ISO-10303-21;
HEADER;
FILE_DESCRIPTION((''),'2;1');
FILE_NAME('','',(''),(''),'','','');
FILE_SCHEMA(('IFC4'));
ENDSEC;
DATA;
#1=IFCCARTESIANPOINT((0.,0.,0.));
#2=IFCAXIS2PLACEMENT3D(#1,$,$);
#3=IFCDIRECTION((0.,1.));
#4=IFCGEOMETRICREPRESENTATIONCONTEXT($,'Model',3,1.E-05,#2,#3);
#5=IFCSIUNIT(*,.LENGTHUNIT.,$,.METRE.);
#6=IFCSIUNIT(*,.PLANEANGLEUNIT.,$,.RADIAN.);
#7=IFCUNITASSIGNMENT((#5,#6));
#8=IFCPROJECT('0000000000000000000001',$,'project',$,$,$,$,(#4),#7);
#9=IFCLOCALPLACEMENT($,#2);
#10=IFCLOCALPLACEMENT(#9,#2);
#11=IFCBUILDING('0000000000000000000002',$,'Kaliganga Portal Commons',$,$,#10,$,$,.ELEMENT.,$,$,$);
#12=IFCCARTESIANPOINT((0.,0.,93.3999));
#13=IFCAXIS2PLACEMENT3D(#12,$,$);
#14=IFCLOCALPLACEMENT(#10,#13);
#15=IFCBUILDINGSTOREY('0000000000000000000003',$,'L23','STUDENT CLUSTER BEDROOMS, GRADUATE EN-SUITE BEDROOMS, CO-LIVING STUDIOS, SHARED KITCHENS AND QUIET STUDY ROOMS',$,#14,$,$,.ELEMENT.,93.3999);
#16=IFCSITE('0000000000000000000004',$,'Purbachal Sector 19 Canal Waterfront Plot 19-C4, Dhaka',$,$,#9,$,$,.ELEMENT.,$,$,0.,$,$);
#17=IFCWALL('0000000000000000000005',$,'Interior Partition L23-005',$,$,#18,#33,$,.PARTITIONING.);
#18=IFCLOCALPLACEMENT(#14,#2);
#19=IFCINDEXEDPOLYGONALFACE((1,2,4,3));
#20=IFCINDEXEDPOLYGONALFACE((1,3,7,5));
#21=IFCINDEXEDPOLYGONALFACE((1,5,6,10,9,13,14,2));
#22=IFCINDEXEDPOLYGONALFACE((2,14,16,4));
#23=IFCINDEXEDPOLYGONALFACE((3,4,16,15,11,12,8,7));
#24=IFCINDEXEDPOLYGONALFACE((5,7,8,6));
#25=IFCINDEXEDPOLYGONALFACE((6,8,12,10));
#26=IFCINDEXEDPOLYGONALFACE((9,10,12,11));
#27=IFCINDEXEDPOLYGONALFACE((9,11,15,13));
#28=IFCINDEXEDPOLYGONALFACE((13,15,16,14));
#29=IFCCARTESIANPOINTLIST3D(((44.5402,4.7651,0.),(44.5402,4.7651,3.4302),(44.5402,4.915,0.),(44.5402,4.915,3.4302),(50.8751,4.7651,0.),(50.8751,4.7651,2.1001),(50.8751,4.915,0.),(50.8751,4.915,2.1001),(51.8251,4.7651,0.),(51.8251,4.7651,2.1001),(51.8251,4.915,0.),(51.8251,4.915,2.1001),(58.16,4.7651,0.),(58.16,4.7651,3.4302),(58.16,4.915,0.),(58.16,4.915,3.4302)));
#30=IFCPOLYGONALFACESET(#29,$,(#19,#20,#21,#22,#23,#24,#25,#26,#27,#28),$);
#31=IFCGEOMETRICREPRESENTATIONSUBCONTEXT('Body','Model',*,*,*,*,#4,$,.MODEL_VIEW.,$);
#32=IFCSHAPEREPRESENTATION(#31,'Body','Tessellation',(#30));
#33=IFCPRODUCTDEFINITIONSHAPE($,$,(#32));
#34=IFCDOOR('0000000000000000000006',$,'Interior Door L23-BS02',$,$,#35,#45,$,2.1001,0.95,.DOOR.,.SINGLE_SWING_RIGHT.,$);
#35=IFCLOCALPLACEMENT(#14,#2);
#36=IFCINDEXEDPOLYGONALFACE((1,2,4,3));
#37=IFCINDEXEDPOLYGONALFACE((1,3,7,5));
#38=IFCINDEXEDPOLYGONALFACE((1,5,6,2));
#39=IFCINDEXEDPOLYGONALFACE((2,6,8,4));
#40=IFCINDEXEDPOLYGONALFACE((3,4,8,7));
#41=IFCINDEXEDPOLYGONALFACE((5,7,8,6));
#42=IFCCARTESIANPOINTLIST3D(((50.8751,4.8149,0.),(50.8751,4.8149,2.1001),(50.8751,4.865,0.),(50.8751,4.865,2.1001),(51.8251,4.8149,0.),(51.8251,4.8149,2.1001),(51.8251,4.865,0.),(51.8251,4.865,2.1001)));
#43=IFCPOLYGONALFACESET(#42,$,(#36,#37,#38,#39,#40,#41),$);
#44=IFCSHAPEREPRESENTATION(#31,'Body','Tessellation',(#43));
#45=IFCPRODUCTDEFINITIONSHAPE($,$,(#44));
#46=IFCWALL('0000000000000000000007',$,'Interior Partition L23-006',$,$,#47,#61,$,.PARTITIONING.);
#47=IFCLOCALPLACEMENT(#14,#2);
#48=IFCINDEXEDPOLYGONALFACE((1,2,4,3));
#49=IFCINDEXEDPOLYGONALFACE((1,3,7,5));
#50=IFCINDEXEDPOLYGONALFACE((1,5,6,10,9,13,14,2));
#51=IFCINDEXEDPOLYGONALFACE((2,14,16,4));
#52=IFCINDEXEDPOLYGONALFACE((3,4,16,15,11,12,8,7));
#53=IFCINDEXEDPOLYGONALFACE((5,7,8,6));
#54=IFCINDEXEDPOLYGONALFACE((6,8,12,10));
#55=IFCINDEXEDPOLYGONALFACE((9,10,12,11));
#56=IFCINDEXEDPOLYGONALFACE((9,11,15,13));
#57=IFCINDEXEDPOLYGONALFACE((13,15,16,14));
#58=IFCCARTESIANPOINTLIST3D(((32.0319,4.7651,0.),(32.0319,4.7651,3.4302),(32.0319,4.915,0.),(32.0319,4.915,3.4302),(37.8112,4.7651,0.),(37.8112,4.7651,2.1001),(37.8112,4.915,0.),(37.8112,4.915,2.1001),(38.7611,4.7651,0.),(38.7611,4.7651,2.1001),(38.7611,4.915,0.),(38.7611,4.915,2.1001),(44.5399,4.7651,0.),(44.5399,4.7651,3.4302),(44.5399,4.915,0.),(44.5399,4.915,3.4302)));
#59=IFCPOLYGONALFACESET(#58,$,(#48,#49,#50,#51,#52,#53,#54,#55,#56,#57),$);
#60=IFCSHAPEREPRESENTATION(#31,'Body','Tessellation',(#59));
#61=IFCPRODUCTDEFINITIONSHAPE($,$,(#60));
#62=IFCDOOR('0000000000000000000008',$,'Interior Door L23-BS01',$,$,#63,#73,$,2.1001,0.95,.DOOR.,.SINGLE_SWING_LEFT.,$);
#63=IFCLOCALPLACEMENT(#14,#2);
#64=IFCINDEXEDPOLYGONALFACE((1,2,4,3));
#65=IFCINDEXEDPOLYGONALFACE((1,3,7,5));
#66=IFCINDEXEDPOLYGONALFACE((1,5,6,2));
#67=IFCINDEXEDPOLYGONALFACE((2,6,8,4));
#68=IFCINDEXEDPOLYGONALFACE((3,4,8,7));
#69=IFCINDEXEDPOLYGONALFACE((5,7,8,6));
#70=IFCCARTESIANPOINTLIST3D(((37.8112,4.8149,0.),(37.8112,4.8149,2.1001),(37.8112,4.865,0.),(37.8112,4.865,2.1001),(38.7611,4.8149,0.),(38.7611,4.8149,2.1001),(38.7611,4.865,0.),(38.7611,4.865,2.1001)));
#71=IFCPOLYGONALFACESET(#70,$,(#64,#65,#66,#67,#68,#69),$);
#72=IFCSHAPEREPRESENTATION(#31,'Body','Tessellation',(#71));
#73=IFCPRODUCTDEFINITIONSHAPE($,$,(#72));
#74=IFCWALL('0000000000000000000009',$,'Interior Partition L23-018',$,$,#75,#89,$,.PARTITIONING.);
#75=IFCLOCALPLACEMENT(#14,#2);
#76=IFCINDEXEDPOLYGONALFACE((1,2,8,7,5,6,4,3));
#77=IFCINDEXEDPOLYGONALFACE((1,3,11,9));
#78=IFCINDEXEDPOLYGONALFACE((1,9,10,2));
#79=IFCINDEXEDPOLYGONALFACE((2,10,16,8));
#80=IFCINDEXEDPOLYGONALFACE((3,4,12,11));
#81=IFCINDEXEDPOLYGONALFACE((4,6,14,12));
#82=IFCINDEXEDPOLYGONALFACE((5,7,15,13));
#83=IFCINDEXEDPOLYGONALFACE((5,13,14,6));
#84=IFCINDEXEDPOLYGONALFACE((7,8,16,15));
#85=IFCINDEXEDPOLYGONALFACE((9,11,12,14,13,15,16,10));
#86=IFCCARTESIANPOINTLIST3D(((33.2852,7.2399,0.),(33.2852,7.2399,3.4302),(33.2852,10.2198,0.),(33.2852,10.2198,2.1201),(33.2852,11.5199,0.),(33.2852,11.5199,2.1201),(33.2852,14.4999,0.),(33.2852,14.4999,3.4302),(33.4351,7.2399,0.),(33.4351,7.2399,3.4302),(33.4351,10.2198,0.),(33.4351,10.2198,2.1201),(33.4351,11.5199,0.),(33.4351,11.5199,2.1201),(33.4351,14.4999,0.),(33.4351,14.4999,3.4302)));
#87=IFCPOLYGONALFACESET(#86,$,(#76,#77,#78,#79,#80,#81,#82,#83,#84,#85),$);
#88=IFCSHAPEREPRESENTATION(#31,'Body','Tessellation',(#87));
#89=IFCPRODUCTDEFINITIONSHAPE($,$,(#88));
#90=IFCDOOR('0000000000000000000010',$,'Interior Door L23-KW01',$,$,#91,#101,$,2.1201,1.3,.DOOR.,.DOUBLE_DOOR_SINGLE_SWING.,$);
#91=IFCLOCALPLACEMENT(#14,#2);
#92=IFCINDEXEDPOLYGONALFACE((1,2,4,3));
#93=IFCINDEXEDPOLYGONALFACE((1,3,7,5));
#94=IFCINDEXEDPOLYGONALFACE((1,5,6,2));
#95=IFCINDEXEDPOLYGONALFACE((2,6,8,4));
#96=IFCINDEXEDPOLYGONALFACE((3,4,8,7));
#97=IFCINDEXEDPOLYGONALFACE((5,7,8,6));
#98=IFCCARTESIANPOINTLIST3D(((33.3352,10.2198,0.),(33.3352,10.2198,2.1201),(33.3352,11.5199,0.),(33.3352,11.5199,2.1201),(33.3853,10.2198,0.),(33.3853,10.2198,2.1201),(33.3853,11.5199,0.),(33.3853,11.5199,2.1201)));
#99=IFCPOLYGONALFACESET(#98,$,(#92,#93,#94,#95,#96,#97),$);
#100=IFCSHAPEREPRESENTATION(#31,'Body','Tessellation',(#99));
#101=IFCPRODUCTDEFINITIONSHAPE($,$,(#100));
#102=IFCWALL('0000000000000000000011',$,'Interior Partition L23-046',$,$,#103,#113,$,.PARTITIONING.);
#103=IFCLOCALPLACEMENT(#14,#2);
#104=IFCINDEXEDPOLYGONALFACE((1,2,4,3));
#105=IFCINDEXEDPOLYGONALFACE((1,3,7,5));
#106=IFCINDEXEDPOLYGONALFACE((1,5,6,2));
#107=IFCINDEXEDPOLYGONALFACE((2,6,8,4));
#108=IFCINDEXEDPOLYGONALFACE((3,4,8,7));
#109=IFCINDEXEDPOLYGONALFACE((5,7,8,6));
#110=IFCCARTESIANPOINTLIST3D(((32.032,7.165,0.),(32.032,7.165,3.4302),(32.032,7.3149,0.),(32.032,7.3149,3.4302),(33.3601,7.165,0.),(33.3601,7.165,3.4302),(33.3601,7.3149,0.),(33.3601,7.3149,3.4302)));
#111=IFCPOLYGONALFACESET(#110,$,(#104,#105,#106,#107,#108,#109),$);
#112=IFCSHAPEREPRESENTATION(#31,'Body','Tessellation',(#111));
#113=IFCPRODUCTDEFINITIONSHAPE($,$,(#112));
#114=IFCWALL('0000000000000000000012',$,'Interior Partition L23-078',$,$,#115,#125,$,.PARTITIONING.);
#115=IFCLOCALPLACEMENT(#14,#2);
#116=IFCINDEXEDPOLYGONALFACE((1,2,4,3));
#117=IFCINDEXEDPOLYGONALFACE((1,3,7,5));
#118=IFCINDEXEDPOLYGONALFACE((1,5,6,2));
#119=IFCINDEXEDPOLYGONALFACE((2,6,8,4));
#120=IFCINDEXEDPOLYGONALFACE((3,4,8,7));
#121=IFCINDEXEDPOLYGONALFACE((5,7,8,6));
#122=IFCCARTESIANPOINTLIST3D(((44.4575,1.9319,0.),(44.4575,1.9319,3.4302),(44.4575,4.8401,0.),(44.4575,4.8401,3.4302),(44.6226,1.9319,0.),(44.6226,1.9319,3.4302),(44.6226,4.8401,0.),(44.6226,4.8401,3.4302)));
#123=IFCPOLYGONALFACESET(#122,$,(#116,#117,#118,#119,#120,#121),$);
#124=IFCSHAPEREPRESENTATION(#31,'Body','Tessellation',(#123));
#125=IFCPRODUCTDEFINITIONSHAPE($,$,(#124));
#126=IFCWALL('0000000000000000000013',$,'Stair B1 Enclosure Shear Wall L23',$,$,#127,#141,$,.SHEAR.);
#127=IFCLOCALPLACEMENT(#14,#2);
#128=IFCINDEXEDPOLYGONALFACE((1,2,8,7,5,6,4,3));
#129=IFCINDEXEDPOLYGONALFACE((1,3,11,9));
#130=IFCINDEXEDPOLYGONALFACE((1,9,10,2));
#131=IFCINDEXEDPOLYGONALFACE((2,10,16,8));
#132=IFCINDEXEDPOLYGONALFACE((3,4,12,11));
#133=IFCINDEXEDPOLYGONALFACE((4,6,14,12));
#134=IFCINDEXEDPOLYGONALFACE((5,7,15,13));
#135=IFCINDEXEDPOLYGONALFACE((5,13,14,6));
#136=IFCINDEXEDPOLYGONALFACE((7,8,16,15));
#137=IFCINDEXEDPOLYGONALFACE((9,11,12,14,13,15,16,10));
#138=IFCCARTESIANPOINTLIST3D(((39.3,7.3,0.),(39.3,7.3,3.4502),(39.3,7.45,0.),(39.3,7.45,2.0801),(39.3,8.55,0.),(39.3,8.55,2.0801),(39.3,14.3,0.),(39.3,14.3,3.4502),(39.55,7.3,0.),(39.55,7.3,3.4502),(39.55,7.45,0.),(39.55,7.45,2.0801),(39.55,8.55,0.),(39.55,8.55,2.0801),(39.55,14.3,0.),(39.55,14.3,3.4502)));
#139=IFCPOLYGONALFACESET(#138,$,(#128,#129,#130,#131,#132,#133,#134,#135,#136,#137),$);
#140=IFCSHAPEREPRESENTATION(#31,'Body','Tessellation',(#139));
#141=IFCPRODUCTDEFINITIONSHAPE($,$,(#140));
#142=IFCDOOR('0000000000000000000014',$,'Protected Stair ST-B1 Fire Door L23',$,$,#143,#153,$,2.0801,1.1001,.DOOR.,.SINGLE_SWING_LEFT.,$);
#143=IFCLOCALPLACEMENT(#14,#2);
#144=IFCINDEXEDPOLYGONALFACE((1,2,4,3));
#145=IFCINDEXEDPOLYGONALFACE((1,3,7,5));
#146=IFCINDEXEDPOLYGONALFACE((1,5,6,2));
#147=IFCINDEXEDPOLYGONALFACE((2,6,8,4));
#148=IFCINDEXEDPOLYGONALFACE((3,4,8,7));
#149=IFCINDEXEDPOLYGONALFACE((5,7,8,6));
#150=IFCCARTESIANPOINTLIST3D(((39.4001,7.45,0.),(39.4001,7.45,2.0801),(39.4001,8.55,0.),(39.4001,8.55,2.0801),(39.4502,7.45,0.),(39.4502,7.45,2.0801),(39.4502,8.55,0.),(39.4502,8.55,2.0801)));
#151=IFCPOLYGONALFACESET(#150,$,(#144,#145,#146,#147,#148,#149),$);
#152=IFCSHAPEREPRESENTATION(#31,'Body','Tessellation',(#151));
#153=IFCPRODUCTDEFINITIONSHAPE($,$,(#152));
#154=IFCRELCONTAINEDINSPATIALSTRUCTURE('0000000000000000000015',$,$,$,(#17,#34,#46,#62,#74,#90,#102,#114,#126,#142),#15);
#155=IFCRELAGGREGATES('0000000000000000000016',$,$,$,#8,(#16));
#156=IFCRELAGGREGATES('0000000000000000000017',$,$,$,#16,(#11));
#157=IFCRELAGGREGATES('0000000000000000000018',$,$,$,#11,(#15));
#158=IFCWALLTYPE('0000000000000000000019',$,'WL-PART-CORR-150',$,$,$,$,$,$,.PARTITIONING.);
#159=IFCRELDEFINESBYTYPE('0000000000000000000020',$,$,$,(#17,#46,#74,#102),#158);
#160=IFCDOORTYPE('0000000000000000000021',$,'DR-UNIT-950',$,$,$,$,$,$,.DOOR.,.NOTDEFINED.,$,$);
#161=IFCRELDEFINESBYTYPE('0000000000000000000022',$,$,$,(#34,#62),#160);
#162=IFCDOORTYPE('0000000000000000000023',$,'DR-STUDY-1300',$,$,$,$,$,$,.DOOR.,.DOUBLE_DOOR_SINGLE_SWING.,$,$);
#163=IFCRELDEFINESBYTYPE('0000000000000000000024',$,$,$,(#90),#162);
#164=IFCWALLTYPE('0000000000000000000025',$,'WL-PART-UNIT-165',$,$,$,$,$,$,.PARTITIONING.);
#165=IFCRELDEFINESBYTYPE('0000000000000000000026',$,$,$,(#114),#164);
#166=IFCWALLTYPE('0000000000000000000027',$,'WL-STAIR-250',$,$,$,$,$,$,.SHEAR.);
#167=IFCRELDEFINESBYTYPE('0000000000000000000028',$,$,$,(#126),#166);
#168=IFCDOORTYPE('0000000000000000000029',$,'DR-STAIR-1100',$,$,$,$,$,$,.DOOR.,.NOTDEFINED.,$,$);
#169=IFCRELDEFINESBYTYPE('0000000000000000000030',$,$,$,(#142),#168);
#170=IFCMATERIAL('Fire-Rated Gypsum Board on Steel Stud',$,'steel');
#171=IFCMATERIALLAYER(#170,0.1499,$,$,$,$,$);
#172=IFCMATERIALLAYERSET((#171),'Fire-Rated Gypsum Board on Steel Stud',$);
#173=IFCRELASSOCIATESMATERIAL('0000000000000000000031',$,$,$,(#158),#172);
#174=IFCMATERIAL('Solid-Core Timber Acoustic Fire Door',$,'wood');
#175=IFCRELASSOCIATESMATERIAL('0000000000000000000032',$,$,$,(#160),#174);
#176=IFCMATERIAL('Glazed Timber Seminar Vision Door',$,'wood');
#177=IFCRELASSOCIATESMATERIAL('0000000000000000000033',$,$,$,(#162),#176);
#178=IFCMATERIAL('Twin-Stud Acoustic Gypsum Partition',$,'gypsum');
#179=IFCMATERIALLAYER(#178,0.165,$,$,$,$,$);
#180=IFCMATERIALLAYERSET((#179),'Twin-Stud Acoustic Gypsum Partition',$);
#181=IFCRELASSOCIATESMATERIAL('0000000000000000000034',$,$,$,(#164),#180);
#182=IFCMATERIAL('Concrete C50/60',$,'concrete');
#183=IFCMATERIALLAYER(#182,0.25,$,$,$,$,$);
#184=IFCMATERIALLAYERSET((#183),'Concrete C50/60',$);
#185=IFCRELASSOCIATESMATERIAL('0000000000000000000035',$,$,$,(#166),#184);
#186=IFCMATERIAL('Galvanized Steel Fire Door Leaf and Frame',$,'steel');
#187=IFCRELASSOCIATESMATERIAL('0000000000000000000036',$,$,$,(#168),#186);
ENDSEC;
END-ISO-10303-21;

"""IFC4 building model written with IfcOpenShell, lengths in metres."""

from ifc_helpers import new_model, si_unit, direction, frame, frame_2d, origin, place, context, subcontext, project, spatial, rectangle, extrude, material, layer, layer_set, type_object, element, fill, save


model = new_model("IFC4")

# Units and contexts
model_context = context("Model", 3, precision=1e-05, world=origin(), true_north=direction((0.0, 1.0)))
body_context = subcontext(model_context, "Body", "Model", "MODEL_VIEW")
ifc_project = project(units=[si_unit("LENGTHUNIT", "METRE"), si_unit("PLANEANGLEUNIT", "RADIAN")], contexts=[model_context])

# Site, building, storey
site_placement = place(None, origin())
site = spatial("IfcSite", under=ifc_project, at=site_placement, Name="Purbachal Sector 19 Canal Waterfront Plot 19-C4, Dhaka", CompositionType="ELEMENT", RefElevation=0.0)
building_placement = place(site_placement, origin())
building = spatial("IfcBuilding", under=site, at=building_placement, Name="Kaliganga Portal Commons", CompositionType="ELEMENT")
storey_placement = place(building_placement, frame((0.0, 0.0, 93.3999)))
storey = spatial("IfcBuildingStorey", under=building, at=storey_placement, Name="L23", Description="STUDENT CLUSTER BEDROOMS, GRADUATE EN-SUITE BEDROOMS, CO-LIVING STUDIOS, SHARED KITCHENS AND QUIET STUDY ROOMS", CompositionType="ELEMENT", Elevation=93.3999)

# Walls, openings, doors
ifc_material_1 = material(Name="Fire-Rated Gypsum Board on Steel Stud", Category="steel")
ifc_layer_1 = layer(ifc_material_1, 0.1499)
ifc_layer_set_1 = layer_set([ifc_layer_1], Name="Fire-Rated Gypsum Board on Steel Stud")
wall_type_1 = type_object("IfcWallType", Name="WL-PART-CORR-150", PredefinedType="PARTITIONING", material=ifc_layer_set_1)
wall_1_placement = place(storey_placement, frame((44.54, 4.8401, 0.0), z_axis=(0.0, 0.0, 1.0), x_axis=(1.0, 0.0, 0.0)))
wall_1 = element("IfcWall", 1, at=wall_1_placement, inside=storey, type_object=wall_type_1, Name="Interior Partition L23-005", PredefinedType="PARTITIONING", context=body_context, shape_type="SweptSolid", body=[
    extrude(rectangle(XDim=13.6199, YDim=0.1499, at=frame_2d((6.8101, 0.0))), origin(), (0.0, 0.0, 1.0), 3.4302),
])
opening_1_placement = place(wall_1_placement, frame((6.335, 0.0, 0.0)))
opening_1 = element("IfcOpeningElement", 2, at=opening_1_placement, cuts=wall_1, PredefinedType="OPENING", context=body_context, shape_type="SweptSolid", body=[
    extrude(rectangle(XDim=0.95, YDim=2.1001, at=frame_2d((0.4751, 1.05))), frame((0.0, 0.085, 0.0), z_axis=(0.0, -1.0, 0.0), x_axis=(1.0, 0.0, 0.0)), (0.0, 0.0, 1.0), 0.1699),
])
ifc_material_2 = material(Name="Solid-Core Timber Acoustic Fire Door", Category="wood")
door_type_1 = type_object("IfcDoorType", Name="DR-UNIT-950", OperationType="NOTDEFINED", PredefinedType="DOOR", material=ifc_material_2)
door_1_placement = place(opening_1_placement, origin())
door_1 = element("IfcDoor", 3, at=door_1_placement, inside=storey, type_object=door_type_1, Name="Interior Door L23-BS02", OperationType="SINGLE_SWING_RIGHT", OverallHeight=2.1001, OverallWidth=0.95, PredefinedType="DOOR", context=body_context, shape_type="SweptSolid", body=[
    extrude(rectangle(XDim=0.95, YDim=2.1001, at=frame_2d((0.4751, 1.05))), frame((0.0, 0.0249, 0.0), z_axis=(0.0, -1.0, 0.0), x_axis=(1.0, 0.0, 0.0)), (0.0, 0.0, 1.0), 0.05),
])
fill(opening_1, door_1)
wall_2_placement = place(storey_placement, frame((32.032, 4.8401, 0.0), z_axis=(0.0, 0.0, 1.0), x_axis=(1.0, 0.0, 0.0)))
wall_2 = element("IfcWall", 4, at=wall_2_placement, inside=storey, type_object=wall_type_1, Name="Interior Partition L23-006", PredefinedType="PARTITIONING", context=body_context, shape_type="SweptSolid", body=[
    extrude(rectangle(XDim=12.5081, YDim=0.1499, at=frame_2d((6.2539, 0.0))), origin(), (0.0, 0.0, 1.0), 3.4302),
])
opening_2_placement = place(wall_2_placement, frame((5.7791, 0.0, 0.0)))
opening_2 = element("IfcOpeningElement", 5, at=opening_2_placement, cuts=wall_2, PredefinedType="OPENING", context=body_context, shape_type="SweptSolid", body=[
    extrude(rectangle(XDim=0.95, YDim=2.1001, at=frame_2d((0.4751, 1.05))), frame((0.0, 0.085, 0.0), z_axis=(0.0, -1.0, 0.0), x_axis=(1.0, 0.0, 0.0)), (0.0, 0.0, 1.0), 0.1699),
])
door_2_placement = place(opening_2_placement, origin())
door_2 = element("IfcDoor", 6, at=door_2_placement, inside=storey, type_object=door_type_1, Name="Interior Door L23-BS01", OperationType="SINGLE_SWING_LEFT", OverallHeight=2.1001, OverallWidth=0.95, PredefinedType="DOOR", context=body_context, shape_type="SweptSolid", body=[
    extrude(rectangle(XDim=0.95, YDim=2.1001, at=frame_2d((0.4751, 1.05))), frame((0.0, 0.0249, 0.0), z_axis=(0.0, -1.0, 0.0), x_axis=(1.0, 0.0, 0.0)), (0.0, 0.0, 1.0), 0.05),
])
fill(opening_2, door_2)
wall_3_placement = place(storey_placement, frame((33.3601, 7.24, 0.0), z_axis=(0.0, 0.0, 1.0), x_axis=(0.0, 1.0, 0.0)))
wall_3 = element("IfcWall", 7, at=wall_3_placement, inside=storey, type_object=wall_type_1, Name="Interior Partition L23-018", PredefinedType="PARTITIONING", context=body_context, shape_type="SweptSolid", body=[
    extrude(rectangle(XDim=7.26, YDim=0.1499, at=frame_2d((3.6299, 0.0))), origin(), (0.0, 0.0, 1.0), 3.4302),
])
opening_3_placement = place(wall_3_placement, frame((2.98, 0.0, 0.0)))
opening_3 = element("IfcOpeningElement", 8, at=opening_3_placement, cuts=wall_3, PredefinedType="OPENING", context=body_context, shape_type="SweptSolid", body=[
    extrude(rectangle(XDim=1.3, YDim=2.1201, at=frame_2d((0.6499, 1.0601))), frame((0.0, 0.085, 0.0), z_axis=(0.0, -1.0, 0.0), x_axis=(1.0, 0.0, 0.0)), (0.0, 0.0, 1.0), 0.1699),
])
ifc_material_3 = material(Name="Glazed Timber Seminar Vision Door", Category="wood")
door_type_2 = type_object("IfcDoorType", Name="DR-STUDY-1300", OperationType="DOUBLE_DOOR_SINGLE_SWING", PredefinedType="DOOR", material=ifc_material_3)
door_3_placement = place(opening_3_placement, origin())
door_3 = element("IfcDoor", 9, at=door_3_placement, inside=storey, type_object=door_type_2, Name="Interior Door L23-KW01", OperationType="DOUBLE_DOOR_SINGLE_SWING", OverallHeight=2.1201, OverallWidth=1.3, PredefinedType="DOOR", context=body_context, shape_type="SweptSolid", body=[
    extrude(rectangle(XDim=1.3, YDim=2.1201, at=frame_2d((0.6499, 1.0601))), frame((0.0, 0.0249, 0.0), z_axis=(0.0, -1.0, 0.0), x_axis=(1.0, 0.0, 0.0)), (0.0, 0.0, 1.0), 0.05),
])
fill(opening_3, door_3)

# Walls
wall_4_placement = place(storey_placement, frame((32.032, 7.24, 0.0), z_axis=(0.0, 0.0, 1.0), x_axis=(1.0, 0.0, 0.0)))
element("IfcWall", 10, at=wall_4_placement, inside=storey, type_object=wall_type_1, Name="Interior Partition L23-046", PredefinedType="PARTITIONING", context=body_context, shape_type="SweptSolid", body=[
    extrude(rectangle(XDim=1.3281, YDim=0.1499, at=frame_2d((0.6641, 0.0))), origin(), (0.0, 0.0, 1.0), 3.4302),
])
ifc_material_4 = material(Name="Twin-Stud Acoustic Gypsum Partition", Category="gypsum")
ifc_layer_2 = layer(ifc_material_4, 0.165)
ifc_layer_set_2 = layer_set([ifc_layer_2], Name="Twin-Stud Acoustic Gypsum Partition")
wall_type_2 = type_object("IfcWallType", Name="WL-PART-UNIT-165", PredefinedType="PARTITIONING", material=ifc_layer_set_2)
wall_5_placement = place(storey_placement, frame((44.54, 1.9319, 0.0), z_axis=(0.0, 0.0, 1.0), x_axis=(0.0, 1.0, 0.0)))
element("IfcWall", 11, at=wall_5_placement, inside=storey, type_object=wall_type_2, Name="Interior Partition L23-078", PredefinedType="PARTITIONING", context=body_context, shape_type="SweptSolid", body=[
    extrude(rectangle(XDim=2.9082, YDim=0.165, at=frame_2d((1.4541, 0.0))), origin(), (0.0, 0.0, 1.0), 3.4302),
])

# Wall, opening, door
ifc_material_5 = material(Name="Concrete C50/60", Category="concrete")
ifc_layer_3 = layer(ifc_material_5, 0.25)
ifc_layer_set_3 = layer_set([ifc_layer_3], Name="Concrete C50/60")
wall_type_3 = type_object("IfcWallType", Name="WL-STAIR-250", PredefinedType="SHEAR", material=ifc_layer_set_3)
wall_6_placement = place(storey_placement, frame((39.425, 7.3, 0.0), z_axis=(0.0, 0.0, 1.0), x_axis=(0.0, 1.0, 0.0)))
wall_6 = element("IfcWall", 12, at=wall_6_placement, inside=storey, type_object=wall_type_3, Name="Stair B1 Enclosure Shear Wall L23", PredefinedType="SHEAR", context=body_context, shape_type="SweptSolid", body=[
    extrude(rectangle(XDim=7.0, YDim=0.25, at=frame_2d((3.5, 0.0))), origin(), (0.0, 0.0, 1.0), 3.4502),
])
opening_4_placement = place(wall_6_placement, frame((0.1499, 0.0, 0.0)))
opening_4 = element("IfcOpeningElement", 13, at=opening_4_placement, cuts=wall_6, PredefinedType="OPENING", context=body_context, shape_type="SweptSolid", body=[
    extrude(rectangle(XDim=1.1001, YDim=2.0801, at=frame_2d((0.55, 1.04))), frame((0.0, 0.135, 0.0), z_axis=(0.0, -1.0, 0.0), x_axis=(1.0, 0.0, 0.0)), (0.0, 0.0, 1.0), 0.27),
])
ifc_material_6 = material(Name="Galvanized Steel Fire Door Leaf and Frame", Category="steel")
door_type_3 = type_object("IfcDoorType", Name="DR-STAIR-1100", OperationType="NOTDEFINED", PredefinedType="DOOR", material=ifc_material_6)
door_4_placement = place(opening_4_placement, origin())
door_4 = element("IfcDoor", 14, at=door_4_placement, inside=storey, type_object=door_type_3, Name="Protected Stair ST-B1 Fire Door L23", OperationType="SINGLE_SWING_LEFT", OverallHeight=2.0801, OverallWidth=1.1001, PredefinedType="DOOR", context=body_context, shape_type="SweptSolid", body=[
    extrude(rectangle(XDim=1.1001, YDim=2.0801, at=frame_2d((0.55, 1.04))), frame((0.0, 0.0249, 0.0), z_axis=(0.0, -1.0, 0.0), x_axis=(1.0, 0.0, 0.0)), (0.0, 0.0, 1.0), 0.05),
])
fill(opening_4, door_4)

save(model, "model.ifc")
